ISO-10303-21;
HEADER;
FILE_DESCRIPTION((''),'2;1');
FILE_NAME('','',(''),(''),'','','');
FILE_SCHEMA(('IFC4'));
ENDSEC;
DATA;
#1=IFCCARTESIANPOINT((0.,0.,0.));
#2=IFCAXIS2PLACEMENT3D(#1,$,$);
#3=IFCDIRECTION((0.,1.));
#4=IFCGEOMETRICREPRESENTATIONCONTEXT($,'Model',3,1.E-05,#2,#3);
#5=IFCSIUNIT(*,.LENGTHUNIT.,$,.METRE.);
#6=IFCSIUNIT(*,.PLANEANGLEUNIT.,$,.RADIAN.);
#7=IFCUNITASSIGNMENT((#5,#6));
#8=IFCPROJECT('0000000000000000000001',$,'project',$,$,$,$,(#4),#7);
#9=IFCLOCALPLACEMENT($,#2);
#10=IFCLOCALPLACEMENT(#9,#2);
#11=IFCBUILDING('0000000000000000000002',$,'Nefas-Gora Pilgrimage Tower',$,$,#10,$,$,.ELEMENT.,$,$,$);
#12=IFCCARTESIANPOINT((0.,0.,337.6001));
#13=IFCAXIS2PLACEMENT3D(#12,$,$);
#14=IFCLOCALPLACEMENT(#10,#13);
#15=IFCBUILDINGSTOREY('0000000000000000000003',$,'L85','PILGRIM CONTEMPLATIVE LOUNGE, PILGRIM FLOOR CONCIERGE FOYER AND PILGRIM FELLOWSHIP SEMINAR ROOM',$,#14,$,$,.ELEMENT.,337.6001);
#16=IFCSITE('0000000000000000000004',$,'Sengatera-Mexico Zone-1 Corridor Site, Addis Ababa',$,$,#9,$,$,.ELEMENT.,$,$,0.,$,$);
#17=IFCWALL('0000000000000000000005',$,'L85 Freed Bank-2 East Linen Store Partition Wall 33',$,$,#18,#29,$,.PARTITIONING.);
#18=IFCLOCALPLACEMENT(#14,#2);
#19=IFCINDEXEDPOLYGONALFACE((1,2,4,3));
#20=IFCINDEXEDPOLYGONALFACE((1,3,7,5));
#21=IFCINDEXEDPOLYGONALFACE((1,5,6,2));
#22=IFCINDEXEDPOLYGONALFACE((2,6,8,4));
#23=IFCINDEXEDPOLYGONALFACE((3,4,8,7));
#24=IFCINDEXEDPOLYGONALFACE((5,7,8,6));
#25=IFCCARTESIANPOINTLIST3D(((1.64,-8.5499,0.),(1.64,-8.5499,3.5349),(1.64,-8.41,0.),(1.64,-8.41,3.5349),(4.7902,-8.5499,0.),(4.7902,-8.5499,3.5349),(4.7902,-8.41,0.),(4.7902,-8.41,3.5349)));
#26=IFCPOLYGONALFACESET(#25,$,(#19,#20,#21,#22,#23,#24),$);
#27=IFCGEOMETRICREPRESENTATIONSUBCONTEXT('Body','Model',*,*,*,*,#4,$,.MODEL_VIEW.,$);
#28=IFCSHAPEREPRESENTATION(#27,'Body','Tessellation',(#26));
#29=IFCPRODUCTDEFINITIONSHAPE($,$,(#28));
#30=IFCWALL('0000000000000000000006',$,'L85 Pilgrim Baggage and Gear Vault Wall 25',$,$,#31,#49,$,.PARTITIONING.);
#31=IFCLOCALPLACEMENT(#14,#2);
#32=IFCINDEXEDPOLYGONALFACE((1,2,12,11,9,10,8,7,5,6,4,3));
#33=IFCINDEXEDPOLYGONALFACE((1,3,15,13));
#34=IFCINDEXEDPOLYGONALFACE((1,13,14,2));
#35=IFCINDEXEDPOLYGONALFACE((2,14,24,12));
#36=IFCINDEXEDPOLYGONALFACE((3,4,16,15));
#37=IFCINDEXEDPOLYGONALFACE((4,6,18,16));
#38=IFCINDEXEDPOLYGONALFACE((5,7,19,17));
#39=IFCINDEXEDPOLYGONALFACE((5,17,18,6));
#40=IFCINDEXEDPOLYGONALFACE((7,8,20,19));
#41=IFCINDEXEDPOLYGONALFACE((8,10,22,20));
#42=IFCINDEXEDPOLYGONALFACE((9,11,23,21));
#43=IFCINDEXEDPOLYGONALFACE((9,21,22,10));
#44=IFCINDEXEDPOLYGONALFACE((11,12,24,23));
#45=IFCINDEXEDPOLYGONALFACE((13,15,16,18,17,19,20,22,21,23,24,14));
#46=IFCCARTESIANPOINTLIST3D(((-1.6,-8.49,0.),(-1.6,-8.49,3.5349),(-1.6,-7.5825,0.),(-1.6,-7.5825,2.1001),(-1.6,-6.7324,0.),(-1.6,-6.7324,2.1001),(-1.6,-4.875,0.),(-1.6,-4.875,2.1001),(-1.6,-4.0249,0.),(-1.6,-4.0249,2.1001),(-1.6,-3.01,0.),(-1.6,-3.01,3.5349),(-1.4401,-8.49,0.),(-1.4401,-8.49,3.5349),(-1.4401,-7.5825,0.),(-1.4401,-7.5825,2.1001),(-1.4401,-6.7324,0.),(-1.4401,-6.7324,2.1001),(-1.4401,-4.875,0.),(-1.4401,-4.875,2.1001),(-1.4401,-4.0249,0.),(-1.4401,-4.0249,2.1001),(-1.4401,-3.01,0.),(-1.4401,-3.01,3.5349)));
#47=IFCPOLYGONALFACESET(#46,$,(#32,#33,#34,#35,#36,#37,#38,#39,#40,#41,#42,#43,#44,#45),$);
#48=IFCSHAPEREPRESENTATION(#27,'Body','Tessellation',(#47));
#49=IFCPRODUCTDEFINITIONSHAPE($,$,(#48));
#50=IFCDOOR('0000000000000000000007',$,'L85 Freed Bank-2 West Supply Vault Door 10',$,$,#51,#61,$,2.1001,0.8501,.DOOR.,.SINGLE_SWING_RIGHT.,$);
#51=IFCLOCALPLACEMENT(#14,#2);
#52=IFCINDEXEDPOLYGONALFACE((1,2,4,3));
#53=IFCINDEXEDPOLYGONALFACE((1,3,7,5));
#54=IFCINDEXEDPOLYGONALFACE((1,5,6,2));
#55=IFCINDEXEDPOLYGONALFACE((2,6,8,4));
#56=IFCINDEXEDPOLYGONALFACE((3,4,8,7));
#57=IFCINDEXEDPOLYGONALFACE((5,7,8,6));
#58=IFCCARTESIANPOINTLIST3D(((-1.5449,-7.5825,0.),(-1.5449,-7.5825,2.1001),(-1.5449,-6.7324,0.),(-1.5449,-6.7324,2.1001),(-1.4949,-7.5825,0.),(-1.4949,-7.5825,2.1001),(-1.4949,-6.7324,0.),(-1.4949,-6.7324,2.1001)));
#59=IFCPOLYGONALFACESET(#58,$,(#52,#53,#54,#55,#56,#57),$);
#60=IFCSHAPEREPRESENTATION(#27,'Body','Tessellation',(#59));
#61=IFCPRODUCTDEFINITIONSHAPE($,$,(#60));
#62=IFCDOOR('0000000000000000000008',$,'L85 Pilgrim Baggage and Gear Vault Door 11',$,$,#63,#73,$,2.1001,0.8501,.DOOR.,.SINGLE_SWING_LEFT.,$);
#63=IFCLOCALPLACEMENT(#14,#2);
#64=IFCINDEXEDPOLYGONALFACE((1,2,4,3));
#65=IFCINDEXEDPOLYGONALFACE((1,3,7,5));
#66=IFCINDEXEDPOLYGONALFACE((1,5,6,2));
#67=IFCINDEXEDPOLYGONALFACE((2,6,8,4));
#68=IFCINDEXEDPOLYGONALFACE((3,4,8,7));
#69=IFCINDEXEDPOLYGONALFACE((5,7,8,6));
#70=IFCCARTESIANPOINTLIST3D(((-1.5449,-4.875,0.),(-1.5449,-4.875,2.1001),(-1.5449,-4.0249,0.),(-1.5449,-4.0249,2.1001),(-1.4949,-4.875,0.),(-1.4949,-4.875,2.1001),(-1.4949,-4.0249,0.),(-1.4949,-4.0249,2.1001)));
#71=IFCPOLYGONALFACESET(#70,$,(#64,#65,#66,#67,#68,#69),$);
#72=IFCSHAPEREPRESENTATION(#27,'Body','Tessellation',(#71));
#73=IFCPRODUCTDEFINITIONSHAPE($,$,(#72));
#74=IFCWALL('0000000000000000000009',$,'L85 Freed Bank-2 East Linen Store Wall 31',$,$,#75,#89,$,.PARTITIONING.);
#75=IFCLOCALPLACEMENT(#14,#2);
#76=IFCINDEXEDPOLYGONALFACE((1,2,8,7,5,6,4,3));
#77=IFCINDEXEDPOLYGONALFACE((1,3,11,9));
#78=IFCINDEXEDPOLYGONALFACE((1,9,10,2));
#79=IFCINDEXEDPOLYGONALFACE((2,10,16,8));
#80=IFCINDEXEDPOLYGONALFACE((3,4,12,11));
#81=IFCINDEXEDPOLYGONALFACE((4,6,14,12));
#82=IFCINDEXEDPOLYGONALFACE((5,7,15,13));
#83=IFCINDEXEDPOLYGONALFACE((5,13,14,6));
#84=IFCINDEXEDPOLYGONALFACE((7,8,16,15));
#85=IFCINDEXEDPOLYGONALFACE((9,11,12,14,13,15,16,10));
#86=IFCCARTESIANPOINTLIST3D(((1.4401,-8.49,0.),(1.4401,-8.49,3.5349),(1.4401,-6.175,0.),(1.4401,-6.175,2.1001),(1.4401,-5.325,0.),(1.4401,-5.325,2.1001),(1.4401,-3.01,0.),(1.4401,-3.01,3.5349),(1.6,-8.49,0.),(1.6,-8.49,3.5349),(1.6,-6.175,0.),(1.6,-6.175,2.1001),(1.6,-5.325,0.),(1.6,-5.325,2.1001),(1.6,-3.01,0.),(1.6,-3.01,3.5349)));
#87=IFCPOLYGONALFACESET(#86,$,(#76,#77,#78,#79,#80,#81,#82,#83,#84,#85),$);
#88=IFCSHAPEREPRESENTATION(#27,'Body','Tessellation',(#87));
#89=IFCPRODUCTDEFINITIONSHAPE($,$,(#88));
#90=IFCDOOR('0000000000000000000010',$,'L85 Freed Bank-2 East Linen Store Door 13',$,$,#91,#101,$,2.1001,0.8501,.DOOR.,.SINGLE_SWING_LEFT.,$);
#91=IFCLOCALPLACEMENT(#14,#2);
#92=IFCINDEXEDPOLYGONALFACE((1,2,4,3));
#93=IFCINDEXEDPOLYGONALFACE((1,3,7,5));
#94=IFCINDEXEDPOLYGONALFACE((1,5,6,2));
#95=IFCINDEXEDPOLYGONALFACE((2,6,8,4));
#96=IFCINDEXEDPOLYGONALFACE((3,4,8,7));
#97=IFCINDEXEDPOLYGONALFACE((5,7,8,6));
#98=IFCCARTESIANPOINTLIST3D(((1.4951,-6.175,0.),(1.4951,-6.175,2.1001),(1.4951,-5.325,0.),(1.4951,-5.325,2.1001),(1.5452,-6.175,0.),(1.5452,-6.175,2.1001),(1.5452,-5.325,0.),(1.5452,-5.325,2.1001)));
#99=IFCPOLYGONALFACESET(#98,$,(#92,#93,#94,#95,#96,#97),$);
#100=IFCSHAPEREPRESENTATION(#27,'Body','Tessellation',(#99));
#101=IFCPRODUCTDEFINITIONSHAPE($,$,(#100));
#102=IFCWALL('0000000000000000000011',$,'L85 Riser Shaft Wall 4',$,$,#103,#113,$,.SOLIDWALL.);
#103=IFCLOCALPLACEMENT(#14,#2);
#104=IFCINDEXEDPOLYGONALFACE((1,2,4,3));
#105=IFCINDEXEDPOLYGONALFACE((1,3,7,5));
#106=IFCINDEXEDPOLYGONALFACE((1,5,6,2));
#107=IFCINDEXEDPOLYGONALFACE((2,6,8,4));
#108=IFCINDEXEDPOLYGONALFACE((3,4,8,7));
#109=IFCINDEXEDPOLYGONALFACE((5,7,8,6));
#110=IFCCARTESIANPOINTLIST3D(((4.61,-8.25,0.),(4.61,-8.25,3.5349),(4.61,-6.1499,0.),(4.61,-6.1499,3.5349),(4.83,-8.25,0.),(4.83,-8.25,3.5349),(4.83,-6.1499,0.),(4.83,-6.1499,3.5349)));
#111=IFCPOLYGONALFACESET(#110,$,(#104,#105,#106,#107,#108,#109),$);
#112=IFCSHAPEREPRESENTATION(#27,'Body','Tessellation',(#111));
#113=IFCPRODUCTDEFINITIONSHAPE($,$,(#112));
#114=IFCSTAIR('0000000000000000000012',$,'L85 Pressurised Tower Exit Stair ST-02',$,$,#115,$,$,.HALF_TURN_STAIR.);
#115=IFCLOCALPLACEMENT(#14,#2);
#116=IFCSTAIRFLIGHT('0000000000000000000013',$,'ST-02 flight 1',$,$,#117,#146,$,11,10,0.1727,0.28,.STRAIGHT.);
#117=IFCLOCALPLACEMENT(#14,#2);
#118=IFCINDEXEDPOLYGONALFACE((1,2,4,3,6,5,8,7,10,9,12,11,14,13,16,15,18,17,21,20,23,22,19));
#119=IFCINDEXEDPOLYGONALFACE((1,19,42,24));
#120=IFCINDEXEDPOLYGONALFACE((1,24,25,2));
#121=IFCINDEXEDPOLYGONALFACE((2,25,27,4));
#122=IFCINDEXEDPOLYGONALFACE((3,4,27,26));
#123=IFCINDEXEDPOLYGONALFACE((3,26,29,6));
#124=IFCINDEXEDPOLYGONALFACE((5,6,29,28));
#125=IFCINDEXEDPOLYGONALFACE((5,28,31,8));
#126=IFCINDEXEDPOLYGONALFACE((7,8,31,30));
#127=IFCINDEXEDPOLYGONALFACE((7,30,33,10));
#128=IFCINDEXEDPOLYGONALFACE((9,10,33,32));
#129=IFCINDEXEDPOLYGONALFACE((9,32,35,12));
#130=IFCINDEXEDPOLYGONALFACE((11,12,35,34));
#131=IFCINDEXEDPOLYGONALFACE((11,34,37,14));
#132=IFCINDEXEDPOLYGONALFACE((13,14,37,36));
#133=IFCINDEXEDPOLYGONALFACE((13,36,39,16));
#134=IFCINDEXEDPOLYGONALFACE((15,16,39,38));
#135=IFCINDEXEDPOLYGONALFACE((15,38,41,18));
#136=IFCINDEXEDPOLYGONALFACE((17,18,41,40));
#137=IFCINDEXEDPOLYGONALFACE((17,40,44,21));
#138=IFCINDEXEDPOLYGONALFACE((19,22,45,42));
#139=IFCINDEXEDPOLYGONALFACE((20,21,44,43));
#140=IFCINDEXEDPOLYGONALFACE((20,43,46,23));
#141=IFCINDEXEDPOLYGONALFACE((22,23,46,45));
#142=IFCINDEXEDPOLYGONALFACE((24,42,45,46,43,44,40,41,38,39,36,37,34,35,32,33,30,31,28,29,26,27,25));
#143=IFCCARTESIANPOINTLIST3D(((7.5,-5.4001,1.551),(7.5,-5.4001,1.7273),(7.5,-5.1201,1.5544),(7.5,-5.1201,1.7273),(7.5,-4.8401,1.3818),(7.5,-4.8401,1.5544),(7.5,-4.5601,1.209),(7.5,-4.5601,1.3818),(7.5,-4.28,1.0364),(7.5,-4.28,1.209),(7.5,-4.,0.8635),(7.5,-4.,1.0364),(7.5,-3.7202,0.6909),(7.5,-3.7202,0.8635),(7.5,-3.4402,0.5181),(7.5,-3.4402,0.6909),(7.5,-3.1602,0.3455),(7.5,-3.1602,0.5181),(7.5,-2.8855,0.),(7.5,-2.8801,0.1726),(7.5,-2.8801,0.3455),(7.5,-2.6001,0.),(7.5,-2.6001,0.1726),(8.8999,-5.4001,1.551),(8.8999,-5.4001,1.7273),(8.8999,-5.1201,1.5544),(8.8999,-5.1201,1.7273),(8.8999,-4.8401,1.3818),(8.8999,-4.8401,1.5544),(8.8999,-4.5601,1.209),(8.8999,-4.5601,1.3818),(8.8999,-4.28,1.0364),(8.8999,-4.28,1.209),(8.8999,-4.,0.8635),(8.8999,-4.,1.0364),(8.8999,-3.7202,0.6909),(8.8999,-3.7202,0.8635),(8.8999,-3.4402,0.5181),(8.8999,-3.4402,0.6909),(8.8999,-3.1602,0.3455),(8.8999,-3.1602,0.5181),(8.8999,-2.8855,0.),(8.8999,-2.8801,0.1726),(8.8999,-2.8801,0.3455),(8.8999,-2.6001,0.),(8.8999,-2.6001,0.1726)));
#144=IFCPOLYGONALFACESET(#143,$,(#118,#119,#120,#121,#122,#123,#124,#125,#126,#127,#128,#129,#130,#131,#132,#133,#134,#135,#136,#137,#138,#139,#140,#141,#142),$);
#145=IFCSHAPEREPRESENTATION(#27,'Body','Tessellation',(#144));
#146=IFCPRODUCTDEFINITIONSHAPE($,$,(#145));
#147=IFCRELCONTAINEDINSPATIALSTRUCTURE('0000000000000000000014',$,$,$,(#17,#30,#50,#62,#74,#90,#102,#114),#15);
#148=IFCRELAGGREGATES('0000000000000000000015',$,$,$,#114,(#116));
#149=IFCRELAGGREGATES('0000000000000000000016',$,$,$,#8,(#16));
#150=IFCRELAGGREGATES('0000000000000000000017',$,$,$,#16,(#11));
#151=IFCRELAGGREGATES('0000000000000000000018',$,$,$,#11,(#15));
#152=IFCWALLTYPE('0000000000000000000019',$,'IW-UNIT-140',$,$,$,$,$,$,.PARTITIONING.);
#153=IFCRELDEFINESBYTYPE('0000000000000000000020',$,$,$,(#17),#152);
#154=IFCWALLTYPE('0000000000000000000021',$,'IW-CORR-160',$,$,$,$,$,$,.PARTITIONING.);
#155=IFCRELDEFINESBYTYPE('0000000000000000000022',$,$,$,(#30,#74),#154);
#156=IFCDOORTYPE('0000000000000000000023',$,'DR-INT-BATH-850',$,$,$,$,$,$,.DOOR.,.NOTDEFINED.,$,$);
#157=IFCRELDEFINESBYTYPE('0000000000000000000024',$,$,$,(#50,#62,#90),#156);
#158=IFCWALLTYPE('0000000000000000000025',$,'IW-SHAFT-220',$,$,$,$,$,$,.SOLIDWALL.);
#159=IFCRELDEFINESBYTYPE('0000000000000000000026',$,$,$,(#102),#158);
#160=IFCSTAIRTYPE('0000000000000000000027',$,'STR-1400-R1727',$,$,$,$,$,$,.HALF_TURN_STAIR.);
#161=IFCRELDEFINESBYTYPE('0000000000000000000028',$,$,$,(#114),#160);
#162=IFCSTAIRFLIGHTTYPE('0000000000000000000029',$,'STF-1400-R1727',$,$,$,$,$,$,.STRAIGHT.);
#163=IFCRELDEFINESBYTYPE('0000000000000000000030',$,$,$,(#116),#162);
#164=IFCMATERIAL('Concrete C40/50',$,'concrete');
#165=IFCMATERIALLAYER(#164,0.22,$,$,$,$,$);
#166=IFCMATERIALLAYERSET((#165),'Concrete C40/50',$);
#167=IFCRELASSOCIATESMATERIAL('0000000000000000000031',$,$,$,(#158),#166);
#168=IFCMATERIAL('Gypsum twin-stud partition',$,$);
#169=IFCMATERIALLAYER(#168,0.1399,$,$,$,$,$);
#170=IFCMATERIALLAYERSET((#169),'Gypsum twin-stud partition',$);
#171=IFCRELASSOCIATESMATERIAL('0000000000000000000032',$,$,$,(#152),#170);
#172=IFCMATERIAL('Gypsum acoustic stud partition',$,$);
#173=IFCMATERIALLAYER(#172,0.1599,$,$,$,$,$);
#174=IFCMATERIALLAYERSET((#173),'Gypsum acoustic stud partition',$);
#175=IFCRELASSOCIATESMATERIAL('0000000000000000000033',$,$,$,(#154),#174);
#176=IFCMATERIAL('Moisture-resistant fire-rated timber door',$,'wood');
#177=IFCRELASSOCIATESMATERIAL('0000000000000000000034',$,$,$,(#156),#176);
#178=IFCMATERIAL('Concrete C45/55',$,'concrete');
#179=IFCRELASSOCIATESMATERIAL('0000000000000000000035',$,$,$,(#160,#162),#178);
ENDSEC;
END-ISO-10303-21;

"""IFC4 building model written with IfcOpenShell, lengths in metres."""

from ifc_helpers import new_model, si_unit, direction, frame, frame_2d, origin, place, context, subcontext, project, spatial, polyline, rectangle, outline, extrude, source, transform, mapped, material, layer, layer_set, type_object, element, fill, aggregate, save


model = new_model("IFC4")

# Units and contexts
model_context = context("Model", 3, precision=1e-05, world=origin(), true_north=direction((0.0, 1.0)))
body_context = subcontext(model_context, "Body", "Model", "MODEL_VIEW")
ifc_project = project(units=[si_unit("LENGTHUNIT", "METRE"), si_unit("PLANEANGLEUNIT", "RADIAN")], contexts=[model_context])

# Site, building, storey
site_placement = place(None, origin())
site = spatial("IfcSite", under=ifc_project, at=site_placement, Name="Sengatera-Mexico Zone-1 Corridor Site, Addis Ababa", CompositionType="ELEMENT", RefElevation=0.0)
building_placement = place(site_placement, origin())
building = spatial("IfcBuilding", under=site, at=building_placement, Name="Nefas-Gora Pilgrimage Tower", CompositionType="ELEMENT")
storey_placement = place(building_placement, frame((0.0, 0.0, 337.6001)))
storey = spatial("IfcBuildingStorey", under=building, at=storey_placement, Name="L85", Description="PILGRIM CONTEMPLATIVE LOUNGE, PILGRIM FLOOR CONCIERGE FOYER AND PILGRIM FELLOWSHIP SEMINAR ROOM", CompositionType="ELEMENT", Elevation=337.6001)

# Shared definitions
ifc_material_1 = material(Name="Concrete C45/55", Category="concrete")

# Shared definitions
ifc_material_2 = material(Name="Concrete C40/50", Category="concrete")
ifc_layer_1 = layer(ifc_material_2, 0.22)
ifc_layer_set_1 = layer_set([ifc_layer_1], Name="Concrete C40/50")
wall_type_1 = type_object("IfcWallType", Name="IW-SHAFT-220", PredefinedType="SOLIDWALL", material=ifc_layer_set_1)

# Wall
ifc_material_3 = material(Name="Gypsum twin-stud partition")
ifc_layer_2 = layer(ifc_material_3, 0.1399)
ifc_layer_set_2 = layer_set([ifc_layer_2], Name="Gypsum twin-stud partition")
wall_type_2 = type_object("IfcWallType", Name="IW-UNIT-140", PredefinedType="PARTITIONING", material=ifc_layer_set_2)
shared_shape_1 = source(origin(), body_context, "Body", "SweptSolid", [
    extrude(rectangle(XDim=3.1501, YDim=0.1399, at=frame_2d((1.5752, 0.0))), origin(), (0.0, 0.0, 1.0), 3.5349),
])
for number, where, z_axis, x_axis, name in (
    (1, (1.6399, -8.48, 0.0), (0.0, 0.0, 1.0), (1.0, 0.0, 0.0), "L85 Freed Bank-2 East Linen Store Partition Wall 33"),
):
    element("IfcWall", number, at=place(storey_placement, frame(where, z_axis=z_axis, x_axis=x_axis)), inside=storey, type_object=wall_type_2, Name=name, PredefinedType="PARTITIONING", context=body_context, shape_type="MappedRepresentation", body=[
        mapped(shared_shape_1, transform((0.0, 0.0, 0.0), x_axis=(1.0, 0.0, 0.0), y_axis=(0.0, 1.0, 0.0), z_axis=(0.0, 0.0, 1.0), scale=1.0)),
    ])

# Wall, openings, doors
ifc_material_4 = material(Name="Gypsum acoustic stud partition")
ifc_layer_3 = layer(ifc_material_4, 0.1599)
ifc_layer_set_3 = layer_set([ifc_layer_3], Name="Gypsum acoustic stud partition")
wall_type_3 = type_object("IfcWallType", Name="IW-CORR-160", PredefinedType="PARTITIONING", material=ifc_layer_set_3)
shared_shape_2 = source(origin(), body_context, "Body", "SweptSolid", [
    extrude(rectangle(XDim=5.48, YDim=0.1599, at=frame_2d((2.74, 0.0))), origin(), (0.0, 0.0, 1.0), 3.5349),
])
wall_1_placement = place(storey_placement, frame((-1.52, -8.49, 0.0), z_axis=(0.0, 0.0, 1.0), x_axis=(0.0, 1.0, 0.0)))
wall_1 = element("IfcWall", 2, at=wall_1_placement, inside=storey, type_object=wall_type_3, Name="L85 Pilgrim Baggage and Gear Vault Wall 25", PredefinedType="PARTITIONING", context=body_context, shape_type="MappedRepresentation", body=[
    mapped(shared_shape_2, transform((0.0, 0.0, 0.0), x_axis=(1.0, 0.0, 0.0), y_axis=(0.0, 1.0, 0.0), z_axis=(0.0, 0.0, 1.0), scale=1.0)),
])
opening_1_placement = place(wall_1_placement, frame((0.9075, 0.0, 0.0)))
opening_1 = element("IfcOpeningElement", 3, at=opening_1_placement, cuts=wall_1, PredefinedType="OPENING", context=body_context, shape_type="SweptSolid", body=[
    extrude(rectangle(XDim=0.8501, YDim=2.1001, at=frame_2d((0.425, 1.05))), frame((0.0, 0.0898, 0.0), z_axis=(0.0, -1.0, 0.0), x_axis=(1.0, 0.0, 0.0)), (0.0, 0.0, 1.0), 0.1799),
])
opening_2_placement = place(wall_1_placement, frame((3.615, 0.0, 0.0)))
opening_2 = element("IfcOpeningElement", 4, at=opening_2_placement, cuts=wall_1, PredefinedType="OPENING", context=body_context, shape_type="SweptSolid", body=[
    extrude(rectangle(XDim=0.8501, YDim=2.1001, at=frame_2d((0.425, 1.05))), frame((0.0, 0.0898, 0.0), z_axis=(0.0, -1.0, 0.0), x_axis=(1.0, 0.0, 0.0)), (0.0, 0.0, 1.0), 0.1799),
])
ifc_material_5 = material(Name="Moisture-resistant fire-rated timber door", Category="wood")
door_type_1 = type_object("IfcDoorType", Name="DR-INT-BATH-850", OperationType="NOTDEFINED", PredefinedType="DOOR", material=ifc_material_5)
shared_shape_3 = source(origin(), body_context, "Body", "SweptSolid", [
    extrude(rectangle(XDim=0.8501, YDim=2.1001, at=frame_2d((0.425, 1.05))), frame((0.0, 0.0249, 0.0), z_axis=(0.0, -1.0, 0.0), x_axis=(1.0, 0.0, 0.0)), (0.0, 0.0, 1.0), 0.05),
])
door_1_placement = place(opening_1_placement, origin())
door_1 = element("IfcDoor", 5, at=door_1_placement, inside=storey, type_object=door_type_1, Name="L85 Freed Bank-2 West Supply Vault Door 10", OperationType="SINGLE_SWING_RIGHT", OverallHeight=2.1001, OverallWidth=0.8501, PredefinedType="DOOR", context=body_context, shape_type="MappedRepresentation", body=[
    mapped(shared_shape_3, transform((0.0, 0.0, 0.0), x_axis=(1.0, 0.0, 0.0), y_axis=(0.0, 1.0, 0.0), z_axis=(0.0, 0.0, 1.0), scale=1.0)),
])
fill(opening_1, door_1)
door_2_placement = place(opening_2_placement, origin())
door_2 = element("IfcDoor", 6, at=door_2_placement, inside=storey, type_object=door_type_1, Name="L85 Pilgrim Baggage and Gear Vault Door 11", OperationType="SINGLE_SWING_LEFT", OverallHeight=2.1001, OverallWidth=0.8501, PredefinedType="DOOR", context=body_context, shape_type="MappedRepresentation", body=[
    mapped(shared_shape_3, transform((0.0, 0.0, 0.0), x_axis=(1.0, 0.0, 0.0), y_axis=(0.0, 1.0, 0.0), z_axis=(0.0, 0.0, 1.0), scale=1.0)),
])
fill(opening_2, door_2)

# Wall, opening, door
wall_2_placement = place(storey_placement, frame((1.52, -8.49, 0.0), z_axis=(0.0, 0.0, 1.0), x_axis=(0.0, 1.0, 0.0)))
wall_2 = element("IfcWall", 7, at=wall_2_placement, inside=storey, type_object=wall_type_3, Name="L85 Freed Bank-2 East Linen Store Wall 31", PredefinedType="PARTITIONING", context=body_context, shape_type="MappedRepresentation", body=[
    mapped(shared_shape_2, transform((0.0, 0.0, 0.0), x_axis=(1.0, 0.0, 0.0), y_axis=(0.0, 1.0, 0.0), z_axis=(0.0, 0.0, 1.0), scale=1.0)),
])
opening_3_placement = place(wall_2_placement, frame((2.3149, 0.0, 0.0)))
opening_3 = element("IfcOpeningElement", 8, at=opening_3_placement, cuts=wall_2, PredefinedType="OPENING", context=body_context, shape_type="SweptSolid", body=[
    extrude(rectangle(XDim=0.8501, YDim=2.1001, at=frame_2d((0.425, 1.05))), frame((0.0, 0.0898, 0.0), z_axis=(0.0, -1.0, 0.0), x_axis=(1.0, 0.0, 0.0)), (0.0, 0.0, 1.0), 0.1799),
])
door_3_placement = place(opening_3_placement, origin())
door_3 = element("IfcDoor", 9, at=door_3_placement, inside=storey, type_object=door_type_1, Name="L85 Freed Bank-2 East Linen Store Door 13", OperationType="SINGLE_SWING_LEFT", OverallHeight=2.1001, OverallWidth=0.8501, PredefinedType="DOOR", context=body_context, shape_type="MappedRepresentation", body=[
    mapped(shared_shape_3, transform((0.0, 0.0, 0.0), x_axis=(1.0, 0.0, 0.0), y_axis=(0.0, 1.0, 0.0), z_axis=(0.0, 0.0, 1.0), scale=1.0)),
])
fill(opening_3, door_3)

# Wall
shared_shape_4 = source(origin(), body_context, "Body", "SweptSolid", [
    extrude(rectangle(XDim=2.1001, YDim=0.22, at=frame_2d((1.05, 0.0))), origin(), (0.0, 0.0, 1.0), 3.5349),
])
wall_3_placement = place(storey_placement, frame((4.72, -8.25, 0.0), z_axis=(0.0, 0.0, 1.0), x_axis=(0.0, 1.0, 0.0)))
element("IfcWall", 10, at=wall_3_placement, inside=storey, type_object=wall_type_1, Name="L85 Riser Shaft Wall 4", PredefinedType="SOLIDWALL", context=body_context, shape_type="MappedRepresentation", body=[
    mapped(shared_shape_4, transform((0.0, 0.0, 0.0), x_axis=(1.0, 0.0, 0.0), y_axis=(0.0, 1.0, 0.0), z_axis=(0.0, 0.0, 1.0), scale=1.0)),
])

# Stair, stair flight
stair_type = type_object("IfcStairType", Name="STR-1400-R1727", PredefinedType="HALF_TURN_STAIR", material=ifc_material_1)
stair_placement = place(storey_placement, origin())
stair = element("IfcStair", 11, at=stair_placement, inside=storey, type_object=stair_type, Name="L85 Pressurised Tower Exit Stair ST-02", PredefinedType="HALF_TURN_STAIR")
stair_flight_type = type_object("IfcStairFlightType", Name="STF-1400-R1727", PredefinedType="STRAIGHT", material=ifc_material_1)
shared_shape_5 = source(origin(), body_context, "Body", "SweptSolid", [
    extrude(outline(polyline([(0.0, 0.0), (0.0, 0.1726), (0.28, 0.1726), (0.28, 0.3455), (0.5601, 0.3455), (0.5601, 0.5181), (0.8401, 0.5181), (0.8401, 0.6909), (1.1201, 0.6909), (1.1201, 0.8635), (1.3999, 0.8635), (1.3999, 1.0364), (1.6799, 1.0364), (1.6799, 1.209), (1.96, 1.209), (1.96, 1.3818), (2.24, 1.3818), (2.24, 1.5544), (2.52, 1.5544), (2.52, 1.7273), (2.8, 1.7273), (2.8, 1.8999), (2.8, 1.551), (0.2854, 0.0), (0.0, 0.0)])), frame((0.0, 0.7, 0.0), z_axis=(0.0, -1.0, 0.0), x_axis=(1.0, 0.0, 0.0)), (0.0, 0.0, 1.0), 1.3999),
])
stair_flight_placement = place(storey_placement, frame((8.2, -2.6001, 0.0), z_axis=(0.0, 0.0, 1.0), x_axis=(0.0, -1.0, 0.0)))
stair_flight = element("IfcStairFlight", 12, at=stair_flight_placement, type_object=stair_flight_type, Name="ST-02 flight 1", NumberOfRisers=11, NumberOfTreads=10, PredefinedType="STRAIGHT", RiserHeight=0.1727, TreadLength=0.28, context=body_context, shape_type="MappedRepresentation", body=[
    mapped(shared_shape_5, transform((0.0, 0.0, 0.0), x_axis=(1.0, 0.0, 0.0), y_axis=(0.0, 1.0, 0.0), z_axis=(0.0, 0.0, 1.0), scale=1.0)),
])
aggregate(stair, [stair_flight])

save(model, "model.ifc")
